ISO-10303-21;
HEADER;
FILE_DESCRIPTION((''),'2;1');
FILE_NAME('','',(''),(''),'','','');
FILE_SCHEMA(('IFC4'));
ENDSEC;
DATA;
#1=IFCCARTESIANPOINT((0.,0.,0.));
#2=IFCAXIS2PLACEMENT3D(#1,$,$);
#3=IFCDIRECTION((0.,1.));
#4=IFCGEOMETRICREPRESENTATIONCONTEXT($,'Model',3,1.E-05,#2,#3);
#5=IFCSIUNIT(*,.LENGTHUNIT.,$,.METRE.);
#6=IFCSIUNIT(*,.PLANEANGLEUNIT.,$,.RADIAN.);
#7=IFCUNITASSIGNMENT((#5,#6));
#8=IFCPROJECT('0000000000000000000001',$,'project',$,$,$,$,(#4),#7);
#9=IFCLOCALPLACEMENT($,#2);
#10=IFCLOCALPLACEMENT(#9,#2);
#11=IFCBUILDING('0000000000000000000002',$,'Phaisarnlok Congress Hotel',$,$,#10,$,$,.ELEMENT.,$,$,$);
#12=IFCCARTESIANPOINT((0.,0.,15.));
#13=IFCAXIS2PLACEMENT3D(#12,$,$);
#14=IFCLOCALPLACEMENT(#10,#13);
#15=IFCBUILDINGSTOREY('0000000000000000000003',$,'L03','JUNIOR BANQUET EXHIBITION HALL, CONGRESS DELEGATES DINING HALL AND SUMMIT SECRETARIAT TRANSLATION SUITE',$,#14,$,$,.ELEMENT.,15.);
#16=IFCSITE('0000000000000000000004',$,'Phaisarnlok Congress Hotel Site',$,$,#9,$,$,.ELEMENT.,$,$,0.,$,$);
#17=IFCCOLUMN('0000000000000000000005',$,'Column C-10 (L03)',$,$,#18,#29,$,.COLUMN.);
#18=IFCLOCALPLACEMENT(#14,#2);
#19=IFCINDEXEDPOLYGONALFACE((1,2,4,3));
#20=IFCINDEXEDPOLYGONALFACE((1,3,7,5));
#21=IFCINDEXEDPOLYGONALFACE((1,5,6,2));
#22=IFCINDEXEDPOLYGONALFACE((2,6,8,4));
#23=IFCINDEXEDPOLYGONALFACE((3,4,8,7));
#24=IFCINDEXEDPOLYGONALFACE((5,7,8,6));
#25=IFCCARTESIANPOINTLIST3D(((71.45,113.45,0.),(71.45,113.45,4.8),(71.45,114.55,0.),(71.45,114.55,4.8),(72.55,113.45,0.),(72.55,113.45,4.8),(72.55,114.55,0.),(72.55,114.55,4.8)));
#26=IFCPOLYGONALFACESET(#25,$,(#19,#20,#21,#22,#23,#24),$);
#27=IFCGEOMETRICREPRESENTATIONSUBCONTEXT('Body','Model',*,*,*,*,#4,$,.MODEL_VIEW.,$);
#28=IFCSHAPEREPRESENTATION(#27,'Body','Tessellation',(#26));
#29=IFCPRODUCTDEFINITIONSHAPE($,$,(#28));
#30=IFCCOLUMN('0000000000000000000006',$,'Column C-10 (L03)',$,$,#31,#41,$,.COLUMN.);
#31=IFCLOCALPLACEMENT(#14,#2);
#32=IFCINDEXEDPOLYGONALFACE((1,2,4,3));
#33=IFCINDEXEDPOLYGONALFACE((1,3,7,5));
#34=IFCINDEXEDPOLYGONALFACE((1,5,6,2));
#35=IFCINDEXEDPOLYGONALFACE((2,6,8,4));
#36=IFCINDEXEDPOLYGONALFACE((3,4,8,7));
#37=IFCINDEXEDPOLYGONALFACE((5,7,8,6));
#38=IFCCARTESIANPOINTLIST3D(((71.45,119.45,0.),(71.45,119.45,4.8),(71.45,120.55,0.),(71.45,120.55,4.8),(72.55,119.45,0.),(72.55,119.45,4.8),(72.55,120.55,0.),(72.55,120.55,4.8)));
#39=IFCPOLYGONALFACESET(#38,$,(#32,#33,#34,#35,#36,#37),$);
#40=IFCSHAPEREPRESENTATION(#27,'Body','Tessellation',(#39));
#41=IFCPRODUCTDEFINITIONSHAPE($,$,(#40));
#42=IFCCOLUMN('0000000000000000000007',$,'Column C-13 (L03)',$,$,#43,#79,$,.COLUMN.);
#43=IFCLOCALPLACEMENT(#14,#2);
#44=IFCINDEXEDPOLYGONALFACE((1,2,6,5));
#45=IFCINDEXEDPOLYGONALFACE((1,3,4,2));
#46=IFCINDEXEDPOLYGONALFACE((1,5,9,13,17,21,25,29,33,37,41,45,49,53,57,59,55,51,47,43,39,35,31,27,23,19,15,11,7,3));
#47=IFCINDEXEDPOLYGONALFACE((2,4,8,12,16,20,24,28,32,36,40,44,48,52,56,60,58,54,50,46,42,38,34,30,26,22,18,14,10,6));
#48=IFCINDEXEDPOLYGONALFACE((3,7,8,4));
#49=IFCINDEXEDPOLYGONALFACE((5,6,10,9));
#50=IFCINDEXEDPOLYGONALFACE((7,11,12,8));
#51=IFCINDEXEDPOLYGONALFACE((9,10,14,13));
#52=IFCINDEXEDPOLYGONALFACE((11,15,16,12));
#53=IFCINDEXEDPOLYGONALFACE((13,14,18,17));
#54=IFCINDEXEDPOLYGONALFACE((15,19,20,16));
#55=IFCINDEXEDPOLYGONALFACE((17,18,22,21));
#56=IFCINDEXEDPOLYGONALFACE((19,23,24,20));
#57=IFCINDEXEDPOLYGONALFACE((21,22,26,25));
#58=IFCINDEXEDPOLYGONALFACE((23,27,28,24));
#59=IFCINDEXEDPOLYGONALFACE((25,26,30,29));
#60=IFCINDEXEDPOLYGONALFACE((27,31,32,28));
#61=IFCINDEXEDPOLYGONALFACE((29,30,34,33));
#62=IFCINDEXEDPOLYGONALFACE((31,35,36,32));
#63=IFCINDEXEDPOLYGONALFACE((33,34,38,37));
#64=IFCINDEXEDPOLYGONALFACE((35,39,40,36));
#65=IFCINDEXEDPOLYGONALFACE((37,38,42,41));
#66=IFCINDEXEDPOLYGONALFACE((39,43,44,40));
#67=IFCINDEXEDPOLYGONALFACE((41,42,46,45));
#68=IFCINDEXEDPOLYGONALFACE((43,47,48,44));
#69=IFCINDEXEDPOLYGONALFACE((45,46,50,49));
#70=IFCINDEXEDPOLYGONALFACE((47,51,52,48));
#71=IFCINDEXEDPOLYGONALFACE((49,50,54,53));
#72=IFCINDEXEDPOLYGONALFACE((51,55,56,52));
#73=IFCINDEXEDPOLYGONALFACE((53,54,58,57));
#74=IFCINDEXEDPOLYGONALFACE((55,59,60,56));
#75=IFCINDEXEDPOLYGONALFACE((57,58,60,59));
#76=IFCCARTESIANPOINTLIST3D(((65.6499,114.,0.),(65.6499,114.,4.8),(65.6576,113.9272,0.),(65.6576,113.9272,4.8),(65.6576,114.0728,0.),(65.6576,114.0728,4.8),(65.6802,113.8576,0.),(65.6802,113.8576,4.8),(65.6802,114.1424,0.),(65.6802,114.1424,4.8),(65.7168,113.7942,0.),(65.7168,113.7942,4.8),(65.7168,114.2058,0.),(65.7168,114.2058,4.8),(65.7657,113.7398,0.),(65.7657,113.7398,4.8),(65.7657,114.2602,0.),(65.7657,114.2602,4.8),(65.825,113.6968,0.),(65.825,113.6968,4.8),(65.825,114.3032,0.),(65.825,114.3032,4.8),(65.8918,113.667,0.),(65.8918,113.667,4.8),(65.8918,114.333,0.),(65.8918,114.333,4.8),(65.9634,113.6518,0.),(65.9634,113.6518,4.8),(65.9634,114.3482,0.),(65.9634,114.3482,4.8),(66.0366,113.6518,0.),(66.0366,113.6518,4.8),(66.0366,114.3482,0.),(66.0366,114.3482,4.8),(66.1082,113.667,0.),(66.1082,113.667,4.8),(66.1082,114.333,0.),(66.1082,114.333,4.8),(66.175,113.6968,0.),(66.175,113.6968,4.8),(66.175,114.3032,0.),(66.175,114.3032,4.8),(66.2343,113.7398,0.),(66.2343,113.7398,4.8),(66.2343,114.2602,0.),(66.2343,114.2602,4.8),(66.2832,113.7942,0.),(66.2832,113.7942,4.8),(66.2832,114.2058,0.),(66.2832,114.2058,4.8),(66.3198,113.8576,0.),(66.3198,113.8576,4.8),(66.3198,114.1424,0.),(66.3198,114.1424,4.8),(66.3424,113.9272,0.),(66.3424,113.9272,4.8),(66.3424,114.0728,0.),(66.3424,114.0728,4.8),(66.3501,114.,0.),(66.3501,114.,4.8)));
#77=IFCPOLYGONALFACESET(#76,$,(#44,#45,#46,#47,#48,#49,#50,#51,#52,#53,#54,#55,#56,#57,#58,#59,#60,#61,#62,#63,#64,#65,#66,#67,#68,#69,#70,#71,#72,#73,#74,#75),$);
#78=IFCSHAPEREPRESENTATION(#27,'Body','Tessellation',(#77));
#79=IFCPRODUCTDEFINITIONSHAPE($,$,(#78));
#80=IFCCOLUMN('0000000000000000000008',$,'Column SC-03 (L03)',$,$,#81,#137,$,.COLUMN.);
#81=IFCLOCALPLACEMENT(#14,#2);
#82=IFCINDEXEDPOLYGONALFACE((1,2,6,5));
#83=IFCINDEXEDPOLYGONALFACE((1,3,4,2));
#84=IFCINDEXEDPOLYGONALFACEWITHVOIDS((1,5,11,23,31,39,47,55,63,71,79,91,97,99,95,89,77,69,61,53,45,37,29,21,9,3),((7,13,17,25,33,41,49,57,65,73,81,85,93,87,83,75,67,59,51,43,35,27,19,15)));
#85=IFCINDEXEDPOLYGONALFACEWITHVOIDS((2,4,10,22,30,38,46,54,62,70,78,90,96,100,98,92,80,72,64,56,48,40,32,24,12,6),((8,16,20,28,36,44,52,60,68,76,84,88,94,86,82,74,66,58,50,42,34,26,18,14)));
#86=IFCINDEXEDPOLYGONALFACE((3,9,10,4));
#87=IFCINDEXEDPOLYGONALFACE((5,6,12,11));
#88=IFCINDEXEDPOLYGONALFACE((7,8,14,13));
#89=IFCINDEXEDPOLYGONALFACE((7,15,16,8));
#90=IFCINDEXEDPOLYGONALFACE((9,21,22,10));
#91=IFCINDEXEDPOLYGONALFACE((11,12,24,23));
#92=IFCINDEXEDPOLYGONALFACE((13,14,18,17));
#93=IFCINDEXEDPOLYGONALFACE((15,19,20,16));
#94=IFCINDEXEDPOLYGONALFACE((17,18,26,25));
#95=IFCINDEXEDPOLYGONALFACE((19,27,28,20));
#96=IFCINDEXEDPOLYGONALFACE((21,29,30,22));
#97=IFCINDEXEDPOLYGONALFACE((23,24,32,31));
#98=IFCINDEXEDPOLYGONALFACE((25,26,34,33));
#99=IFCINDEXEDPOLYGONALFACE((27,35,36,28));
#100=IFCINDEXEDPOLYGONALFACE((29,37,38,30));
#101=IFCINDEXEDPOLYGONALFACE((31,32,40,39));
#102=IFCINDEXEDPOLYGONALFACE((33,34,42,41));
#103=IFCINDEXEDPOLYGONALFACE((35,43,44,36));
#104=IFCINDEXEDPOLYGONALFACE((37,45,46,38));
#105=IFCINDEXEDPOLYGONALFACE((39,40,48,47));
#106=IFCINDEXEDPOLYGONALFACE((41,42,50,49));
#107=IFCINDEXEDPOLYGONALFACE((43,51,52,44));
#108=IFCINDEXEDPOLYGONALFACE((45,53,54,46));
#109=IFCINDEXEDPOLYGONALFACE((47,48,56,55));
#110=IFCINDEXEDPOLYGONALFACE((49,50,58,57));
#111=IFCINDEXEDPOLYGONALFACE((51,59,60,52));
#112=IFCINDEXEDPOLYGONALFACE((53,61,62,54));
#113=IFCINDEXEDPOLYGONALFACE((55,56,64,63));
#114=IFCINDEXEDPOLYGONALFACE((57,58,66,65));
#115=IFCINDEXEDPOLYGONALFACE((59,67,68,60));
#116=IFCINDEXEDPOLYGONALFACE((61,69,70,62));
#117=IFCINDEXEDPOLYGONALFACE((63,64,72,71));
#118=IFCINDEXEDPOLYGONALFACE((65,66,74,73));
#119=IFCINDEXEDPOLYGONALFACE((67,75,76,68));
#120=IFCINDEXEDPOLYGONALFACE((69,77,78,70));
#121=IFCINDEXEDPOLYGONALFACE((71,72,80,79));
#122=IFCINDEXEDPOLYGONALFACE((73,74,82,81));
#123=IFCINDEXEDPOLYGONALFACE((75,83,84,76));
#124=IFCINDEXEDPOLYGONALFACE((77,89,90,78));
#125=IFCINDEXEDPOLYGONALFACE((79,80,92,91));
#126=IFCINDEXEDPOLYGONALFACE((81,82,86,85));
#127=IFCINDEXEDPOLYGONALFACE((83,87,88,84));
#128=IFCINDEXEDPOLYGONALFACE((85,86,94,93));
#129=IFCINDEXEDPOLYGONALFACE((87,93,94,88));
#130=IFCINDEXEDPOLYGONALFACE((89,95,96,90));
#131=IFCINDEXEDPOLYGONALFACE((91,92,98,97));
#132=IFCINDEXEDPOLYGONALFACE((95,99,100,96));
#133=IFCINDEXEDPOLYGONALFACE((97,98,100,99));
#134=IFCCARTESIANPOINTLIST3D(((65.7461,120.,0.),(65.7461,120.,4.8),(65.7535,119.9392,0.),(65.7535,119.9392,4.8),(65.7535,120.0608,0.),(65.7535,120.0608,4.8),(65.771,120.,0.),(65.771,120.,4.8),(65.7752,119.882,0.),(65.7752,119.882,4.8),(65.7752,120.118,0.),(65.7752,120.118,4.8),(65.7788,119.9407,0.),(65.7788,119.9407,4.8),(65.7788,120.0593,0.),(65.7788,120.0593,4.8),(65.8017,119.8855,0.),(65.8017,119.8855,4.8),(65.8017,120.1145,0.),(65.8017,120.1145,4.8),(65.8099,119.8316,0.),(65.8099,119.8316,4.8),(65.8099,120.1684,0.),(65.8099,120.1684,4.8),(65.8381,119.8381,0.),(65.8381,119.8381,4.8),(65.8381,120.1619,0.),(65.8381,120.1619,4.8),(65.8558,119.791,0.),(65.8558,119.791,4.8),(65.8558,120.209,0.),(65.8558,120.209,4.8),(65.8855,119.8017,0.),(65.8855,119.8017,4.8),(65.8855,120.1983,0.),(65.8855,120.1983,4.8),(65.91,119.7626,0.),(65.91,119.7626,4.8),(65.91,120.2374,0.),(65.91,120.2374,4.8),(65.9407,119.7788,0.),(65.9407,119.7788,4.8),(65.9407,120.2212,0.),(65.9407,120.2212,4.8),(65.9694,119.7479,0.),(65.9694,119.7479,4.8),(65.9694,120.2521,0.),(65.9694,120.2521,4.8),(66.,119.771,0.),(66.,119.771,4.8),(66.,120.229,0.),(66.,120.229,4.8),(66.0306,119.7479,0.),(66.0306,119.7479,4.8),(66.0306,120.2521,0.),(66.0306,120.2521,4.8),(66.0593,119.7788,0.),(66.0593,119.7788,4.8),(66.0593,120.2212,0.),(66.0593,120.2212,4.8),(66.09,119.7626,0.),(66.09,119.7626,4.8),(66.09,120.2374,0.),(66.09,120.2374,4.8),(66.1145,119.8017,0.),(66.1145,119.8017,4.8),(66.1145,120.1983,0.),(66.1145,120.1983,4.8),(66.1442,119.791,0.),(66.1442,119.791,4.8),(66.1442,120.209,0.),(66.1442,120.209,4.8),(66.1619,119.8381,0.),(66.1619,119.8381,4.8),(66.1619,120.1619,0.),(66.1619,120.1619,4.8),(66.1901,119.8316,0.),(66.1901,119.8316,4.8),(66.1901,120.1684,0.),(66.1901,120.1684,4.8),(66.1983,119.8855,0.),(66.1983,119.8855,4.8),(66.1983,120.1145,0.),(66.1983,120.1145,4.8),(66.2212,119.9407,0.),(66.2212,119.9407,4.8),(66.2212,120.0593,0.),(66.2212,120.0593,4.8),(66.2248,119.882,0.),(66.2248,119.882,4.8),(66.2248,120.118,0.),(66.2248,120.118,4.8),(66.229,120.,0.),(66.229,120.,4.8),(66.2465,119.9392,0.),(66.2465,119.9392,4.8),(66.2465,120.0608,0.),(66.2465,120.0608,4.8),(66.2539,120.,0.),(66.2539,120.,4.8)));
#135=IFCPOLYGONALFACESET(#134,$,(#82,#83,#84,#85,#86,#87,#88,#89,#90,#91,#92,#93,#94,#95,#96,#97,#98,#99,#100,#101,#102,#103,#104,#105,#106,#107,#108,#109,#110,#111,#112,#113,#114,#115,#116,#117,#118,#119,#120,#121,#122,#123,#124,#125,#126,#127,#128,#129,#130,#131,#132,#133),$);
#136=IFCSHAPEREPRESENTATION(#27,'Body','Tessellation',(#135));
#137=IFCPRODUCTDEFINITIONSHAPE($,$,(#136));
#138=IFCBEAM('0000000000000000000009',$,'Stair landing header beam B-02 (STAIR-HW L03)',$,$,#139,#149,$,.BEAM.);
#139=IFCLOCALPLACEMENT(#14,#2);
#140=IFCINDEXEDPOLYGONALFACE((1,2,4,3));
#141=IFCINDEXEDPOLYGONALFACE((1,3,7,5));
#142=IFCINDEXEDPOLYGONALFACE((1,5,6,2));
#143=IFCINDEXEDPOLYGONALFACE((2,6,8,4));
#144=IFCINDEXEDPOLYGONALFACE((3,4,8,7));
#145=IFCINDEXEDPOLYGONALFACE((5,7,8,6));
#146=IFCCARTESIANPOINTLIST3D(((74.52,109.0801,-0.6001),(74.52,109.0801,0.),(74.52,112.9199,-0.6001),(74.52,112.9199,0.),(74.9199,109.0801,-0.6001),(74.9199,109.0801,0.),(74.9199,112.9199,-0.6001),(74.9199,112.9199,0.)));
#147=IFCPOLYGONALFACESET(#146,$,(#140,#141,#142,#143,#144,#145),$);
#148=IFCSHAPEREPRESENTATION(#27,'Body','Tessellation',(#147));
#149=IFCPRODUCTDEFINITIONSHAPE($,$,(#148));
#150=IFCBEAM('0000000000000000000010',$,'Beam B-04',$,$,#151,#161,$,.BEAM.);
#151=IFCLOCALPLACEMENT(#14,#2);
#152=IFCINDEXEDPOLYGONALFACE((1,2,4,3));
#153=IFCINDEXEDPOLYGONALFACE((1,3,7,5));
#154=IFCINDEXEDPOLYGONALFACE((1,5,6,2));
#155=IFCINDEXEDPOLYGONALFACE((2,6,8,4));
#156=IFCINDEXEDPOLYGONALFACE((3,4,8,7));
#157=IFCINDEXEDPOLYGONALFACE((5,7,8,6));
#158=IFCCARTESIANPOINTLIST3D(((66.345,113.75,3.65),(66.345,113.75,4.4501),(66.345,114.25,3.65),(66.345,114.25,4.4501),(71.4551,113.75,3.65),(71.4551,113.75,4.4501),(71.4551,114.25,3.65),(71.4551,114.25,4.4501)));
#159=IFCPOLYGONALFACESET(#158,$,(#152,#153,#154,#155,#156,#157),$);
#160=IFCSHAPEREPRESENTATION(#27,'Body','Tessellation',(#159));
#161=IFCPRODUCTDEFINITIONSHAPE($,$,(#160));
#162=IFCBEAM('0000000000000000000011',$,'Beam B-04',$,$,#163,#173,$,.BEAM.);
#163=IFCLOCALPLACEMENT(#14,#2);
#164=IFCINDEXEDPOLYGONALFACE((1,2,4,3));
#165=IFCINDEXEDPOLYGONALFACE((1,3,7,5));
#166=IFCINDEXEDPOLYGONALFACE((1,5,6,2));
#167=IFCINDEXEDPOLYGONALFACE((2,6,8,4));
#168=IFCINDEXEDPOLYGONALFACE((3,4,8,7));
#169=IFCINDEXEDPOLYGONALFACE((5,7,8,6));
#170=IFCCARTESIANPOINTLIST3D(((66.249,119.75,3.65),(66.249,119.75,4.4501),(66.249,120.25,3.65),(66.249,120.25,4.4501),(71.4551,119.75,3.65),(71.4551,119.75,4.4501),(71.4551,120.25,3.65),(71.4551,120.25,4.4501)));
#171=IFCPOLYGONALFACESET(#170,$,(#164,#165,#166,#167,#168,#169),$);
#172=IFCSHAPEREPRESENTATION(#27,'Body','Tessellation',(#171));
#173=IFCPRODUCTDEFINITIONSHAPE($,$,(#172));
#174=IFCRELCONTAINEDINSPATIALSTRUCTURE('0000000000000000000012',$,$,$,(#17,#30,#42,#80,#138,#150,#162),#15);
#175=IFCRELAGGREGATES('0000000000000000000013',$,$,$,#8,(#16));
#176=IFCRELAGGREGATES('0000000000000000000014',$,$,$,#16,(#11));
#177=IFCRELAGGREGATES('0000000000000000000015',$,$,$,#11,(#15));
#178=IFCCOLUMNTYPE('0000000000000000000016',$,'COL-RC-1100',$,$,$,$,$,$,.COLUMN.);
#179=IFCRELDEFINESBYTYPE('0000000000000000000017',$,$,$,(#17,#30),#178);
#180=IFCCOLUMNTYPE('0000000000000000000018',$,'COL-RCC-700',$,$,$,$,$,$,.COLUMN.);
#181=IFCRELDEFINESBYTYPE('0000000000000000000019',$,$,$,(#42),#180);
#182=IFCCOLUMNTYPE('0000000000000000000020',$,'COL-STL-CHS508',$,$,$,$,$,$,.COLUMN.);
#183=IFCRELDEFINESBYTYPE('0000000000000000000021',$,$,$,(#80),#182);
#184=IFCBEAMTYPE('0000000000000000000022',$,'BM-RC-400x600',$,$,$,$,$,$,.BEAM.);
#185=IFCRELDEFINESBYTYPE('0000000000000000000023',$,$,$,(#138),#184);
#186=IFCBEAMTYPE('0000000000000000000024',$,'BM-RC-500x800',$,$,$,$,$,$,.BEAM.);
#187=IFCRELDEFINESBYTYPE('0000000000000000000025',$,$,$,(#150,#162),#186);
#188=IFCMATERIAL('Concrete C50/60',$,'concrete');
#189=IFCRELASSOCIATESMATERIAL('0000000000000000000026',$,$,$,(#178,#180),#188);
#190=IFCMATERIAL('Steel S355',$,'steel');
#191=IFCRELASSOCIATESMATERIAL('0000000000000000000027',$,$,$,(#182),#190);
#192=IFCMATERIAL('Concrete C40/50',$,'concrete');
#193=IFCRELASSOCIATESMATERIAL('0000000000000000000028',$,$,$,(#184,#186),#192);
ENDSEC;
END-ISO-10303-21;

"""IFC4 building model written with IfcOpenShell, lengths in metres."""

from ifc_helpers import new_model, si_unit, direction, frame, origin, origin_2d, place, context, subcontext, project, spatial, rectangle, circle, hollow_circle, extrude, material, material_profile, profile_set, type_object, element, save


model = new_model("IFC4")

# Units and contexts
model_context = context("Model", 3, precision=1e-05, world=origin(), true_north=direction((0.0, 1.0)))
body_context = subcontext(model_context, "Body", "Model", "MODEL_VIEW")
ifc_project = project(units=[si_unit("LENGTHUNIT", "METRE"), si_unit("PLANEANGLEUNIT", "RADIAN")], contexts=[model_context])

# Site, building, storey
site_placement = place(None, origin())
site = spatial("IfcSite", under=ifc_project, at=site_placement, Name="Phaisarnlok Congress Hotel Site", CompositionType="ELEMENT", RefElevation=0.0)
building_placement = place(site_placement, origin())
building = spatial("IfcBuilding", under=site, at=building_placement, Name="Phaisarnlok Congress Hotel", CompositionType="ELEMENT")
storey_placement = place(building_placement, frame((0.0, 0.0, 15.0)))
storey = spatial("IfcBuildingStorey", under=building, at=storey_placement, Name="L03", Description="JUNIOR BANQUET EXHIBITION HALL, CONGRESS DELEGATES DINING HALL AND SUMMIT SECRETARIAT TRANSLATION SUITE", CompositionType="ELEMENT", Elevation=15.0)

# Columns
ifc_material_1 = material(Name="Concrete C50/60", Category="concrete")
ifc_material_profile_1 = material_profile(ifc_material_1, rectangle(XDim=1.1001, YDim=1.1001, at=origin_2d()), Name="RC 1100x1100")
ifc_profile_set_1 = profile_set([ifc_material_profile_1], Name="Concrete C50/60")
column_type_1 = type_object("IfcColumnType", Name="COL-RC-1100", PredefinedType="COLUMN", material=ifc_profile_set_1)
for number, where, z_axis, x_axis, name in (
    (1, (72.0, 114.0, 0.0), (0.0, 0.0, 1.0), (1.0, 0.0, 0.0), "Column C-10 (L03)"),
    (2, (72.0, 120.0, 0.0), (0.0, 0.0, 1.0), (1.0, 0.0, 0.0), "Column C-10 (L03)"),
):
    element("IfcColumn", number, at=place(storey_placement, frame(where, z_axis=z_axis, x_axis=x_axis)), inside=storey, type_object=column_type_1, Name=name, PredefinedType="COLUMN", context=body_context, shape_type="SweptSolid", body=[
        extrude(rectangle(XDim=1.1001, YDim=1.1001, at=origin_2d()), origin(), (0.0, 0.0, 1.0), 4.8),
    ])
ifc_material_profile_2 = material_profile(ifc_material_1, circle(Radius=0.3501, at=origin_2d()), Name="RCC D700")
ifc_profile_set_2 = profile_set([ifc_material_profile_2], Name="Concrete C50/60")
column_type_2 = type_object("IfcColumnType", Name="COL-RCC-700", PredefinedType="COLUMN", material=ifc_profile_set_2)
column_1_placement = place(storey_placement, frame((66.0, 114.0, 0.0), z_axis=(0.0, 0.0, 1.0), x_axis=(1.0, 0.0, 0.0)))
element("IfcColumn", 3, at=column_1_placement, inside=storey, type_object=column_type_2, Name="Column C-13 (L03)", PredefinedType="COLUMN", context=body_context, shape_type="SweptSolid", body=[
    extrude(circle(Radius=0.3501, at=origin_2d()), origin(), (0.0, 0.0, 1.0), 4.8),
])
ifc_material_2 = material(Name="Steel S355", Category="steel")
ifc_material_profile_3 = material_profile(ifc_material_2, hollow_circle(Radius=0.2539, WallThickness=0.0249, at=origin_2d()), Name="CHS 508x25")
ifc_profile_set_3 = profile_set([ifc_material_profile_3], Name="Steel S355")
column_type_3 = type_object("IfcColumnType", Name="COL-STL-CHS508", PredefinedType="COLUMN", material=ifc_profile_set_3)
column_2_placement = place(storey_placement, frame((66.0, 120.0, 0.0), z_axis=(0.0, 0.0, 1.0), x_axis=(1.0, 0.0, 0.0)))
element("IfcColumn", 4, at=column_2_placement, inside=storey, type_object=column_type_3, Name="Column SC-03 (L03)", PredefinedType="COLUMN", context=body_context, shape_type="SweptSolid", body=[
    extrude(hollow_circle(Radius=0.2539, WallThickness=0.0249, at=origin_2d()), origin(), (0.0, 0.0, 1.0), 4.8),
])

# Beams
ifc_material_3 = material(Name="Concrete C40/50", Category="concrete")
ifc_material_profile_4 = material_profile(ifc_material_3, rectangle(XDim=0.3999, YDim=0.6001, at=origin_2d()), Name="RC 400x600")
ifc_profile_set_4 = profile_set([ifc_material_profile_4], Name="Concrete C40/50")
beam_type_1 = type_object("IfcBeamType", Name="BM-RC-400x600", PredefinedType="BEAM", material=ifc_profile_set_4)
beam_1_placement = place(storey_placement, frame((74.72, 109.0801, -0.3), z_axis=(0.0, 1.0, 0.0), x_axis=(-1.0, 0.0, 0.0)))
element("IfcBeam", 5, at=beam_1_placement, inside=storey, type_object=beam_type_1, Name="Stair landing header beam B-02 (STAIR-HW L03)", PredefinedType="BEAM", context=body_context, shape_type="SweptSolid", body=[
    extrude(rectangle(XDim=0.3999, YDim=0.6001, at=origin_2d()), origin(), (0.0, 0.0, 1.0), 3.8398),
])
ifc_material_profile_5 = material_profile(ifc_material_3, rectangle(XDim=0.5, YDim=0.8, at=origin_2d()), Name="RC 500x800")
ifc_profile_set_5 = profile_set([ifc_material_profile_5], Name="Concrete C40/50")
beam_type_2 = type_object("IfcBeamType", Name="BM-RC-500x800", PredefinedType="BEAM", material=ifc_profile_set_5)
beam_2_placement = place(storey_placement, frame((66.345, 114.0, 4.05), z_axis=(1.0, 0.0, 0.0), x_axis=(0.0, 1.0, 0.0)))
element("IfcBeam", 6, at=beam_2_placement, inside=storey, type_object=beam_type_2, Name="Beam B-04", PredefinedType="BEAM", context=body_context, shape_type="SweptSolid", body=[
    extrude(rectangle(XDim=0.5, YDim=0.8, at=origin_2d()), origin(), (0.0, 0.0, 1.0), 5.1101),
])
beam_3_placement = place(storey_placement, frame((66.249, 120.0, 4.05), z_axis=(1.0, 0.0, 0.0), x_axis=(0.0, 1.0, 0.0)))
element("IfcBeam", 7, at=beam_3_placement, inside=storey, type_object=beam_type_2, Name="Beam B-04", PredefinedType="BEAM", context=body_context, shape_type="SweptSolid", body=[
    extrude(rectangle(XDim=0.5, YDim=0.8, at=origin_2d()), origin(), (0.0, 0.0, 1.0), 5.2061),
])

save(model, "model.ifc")
